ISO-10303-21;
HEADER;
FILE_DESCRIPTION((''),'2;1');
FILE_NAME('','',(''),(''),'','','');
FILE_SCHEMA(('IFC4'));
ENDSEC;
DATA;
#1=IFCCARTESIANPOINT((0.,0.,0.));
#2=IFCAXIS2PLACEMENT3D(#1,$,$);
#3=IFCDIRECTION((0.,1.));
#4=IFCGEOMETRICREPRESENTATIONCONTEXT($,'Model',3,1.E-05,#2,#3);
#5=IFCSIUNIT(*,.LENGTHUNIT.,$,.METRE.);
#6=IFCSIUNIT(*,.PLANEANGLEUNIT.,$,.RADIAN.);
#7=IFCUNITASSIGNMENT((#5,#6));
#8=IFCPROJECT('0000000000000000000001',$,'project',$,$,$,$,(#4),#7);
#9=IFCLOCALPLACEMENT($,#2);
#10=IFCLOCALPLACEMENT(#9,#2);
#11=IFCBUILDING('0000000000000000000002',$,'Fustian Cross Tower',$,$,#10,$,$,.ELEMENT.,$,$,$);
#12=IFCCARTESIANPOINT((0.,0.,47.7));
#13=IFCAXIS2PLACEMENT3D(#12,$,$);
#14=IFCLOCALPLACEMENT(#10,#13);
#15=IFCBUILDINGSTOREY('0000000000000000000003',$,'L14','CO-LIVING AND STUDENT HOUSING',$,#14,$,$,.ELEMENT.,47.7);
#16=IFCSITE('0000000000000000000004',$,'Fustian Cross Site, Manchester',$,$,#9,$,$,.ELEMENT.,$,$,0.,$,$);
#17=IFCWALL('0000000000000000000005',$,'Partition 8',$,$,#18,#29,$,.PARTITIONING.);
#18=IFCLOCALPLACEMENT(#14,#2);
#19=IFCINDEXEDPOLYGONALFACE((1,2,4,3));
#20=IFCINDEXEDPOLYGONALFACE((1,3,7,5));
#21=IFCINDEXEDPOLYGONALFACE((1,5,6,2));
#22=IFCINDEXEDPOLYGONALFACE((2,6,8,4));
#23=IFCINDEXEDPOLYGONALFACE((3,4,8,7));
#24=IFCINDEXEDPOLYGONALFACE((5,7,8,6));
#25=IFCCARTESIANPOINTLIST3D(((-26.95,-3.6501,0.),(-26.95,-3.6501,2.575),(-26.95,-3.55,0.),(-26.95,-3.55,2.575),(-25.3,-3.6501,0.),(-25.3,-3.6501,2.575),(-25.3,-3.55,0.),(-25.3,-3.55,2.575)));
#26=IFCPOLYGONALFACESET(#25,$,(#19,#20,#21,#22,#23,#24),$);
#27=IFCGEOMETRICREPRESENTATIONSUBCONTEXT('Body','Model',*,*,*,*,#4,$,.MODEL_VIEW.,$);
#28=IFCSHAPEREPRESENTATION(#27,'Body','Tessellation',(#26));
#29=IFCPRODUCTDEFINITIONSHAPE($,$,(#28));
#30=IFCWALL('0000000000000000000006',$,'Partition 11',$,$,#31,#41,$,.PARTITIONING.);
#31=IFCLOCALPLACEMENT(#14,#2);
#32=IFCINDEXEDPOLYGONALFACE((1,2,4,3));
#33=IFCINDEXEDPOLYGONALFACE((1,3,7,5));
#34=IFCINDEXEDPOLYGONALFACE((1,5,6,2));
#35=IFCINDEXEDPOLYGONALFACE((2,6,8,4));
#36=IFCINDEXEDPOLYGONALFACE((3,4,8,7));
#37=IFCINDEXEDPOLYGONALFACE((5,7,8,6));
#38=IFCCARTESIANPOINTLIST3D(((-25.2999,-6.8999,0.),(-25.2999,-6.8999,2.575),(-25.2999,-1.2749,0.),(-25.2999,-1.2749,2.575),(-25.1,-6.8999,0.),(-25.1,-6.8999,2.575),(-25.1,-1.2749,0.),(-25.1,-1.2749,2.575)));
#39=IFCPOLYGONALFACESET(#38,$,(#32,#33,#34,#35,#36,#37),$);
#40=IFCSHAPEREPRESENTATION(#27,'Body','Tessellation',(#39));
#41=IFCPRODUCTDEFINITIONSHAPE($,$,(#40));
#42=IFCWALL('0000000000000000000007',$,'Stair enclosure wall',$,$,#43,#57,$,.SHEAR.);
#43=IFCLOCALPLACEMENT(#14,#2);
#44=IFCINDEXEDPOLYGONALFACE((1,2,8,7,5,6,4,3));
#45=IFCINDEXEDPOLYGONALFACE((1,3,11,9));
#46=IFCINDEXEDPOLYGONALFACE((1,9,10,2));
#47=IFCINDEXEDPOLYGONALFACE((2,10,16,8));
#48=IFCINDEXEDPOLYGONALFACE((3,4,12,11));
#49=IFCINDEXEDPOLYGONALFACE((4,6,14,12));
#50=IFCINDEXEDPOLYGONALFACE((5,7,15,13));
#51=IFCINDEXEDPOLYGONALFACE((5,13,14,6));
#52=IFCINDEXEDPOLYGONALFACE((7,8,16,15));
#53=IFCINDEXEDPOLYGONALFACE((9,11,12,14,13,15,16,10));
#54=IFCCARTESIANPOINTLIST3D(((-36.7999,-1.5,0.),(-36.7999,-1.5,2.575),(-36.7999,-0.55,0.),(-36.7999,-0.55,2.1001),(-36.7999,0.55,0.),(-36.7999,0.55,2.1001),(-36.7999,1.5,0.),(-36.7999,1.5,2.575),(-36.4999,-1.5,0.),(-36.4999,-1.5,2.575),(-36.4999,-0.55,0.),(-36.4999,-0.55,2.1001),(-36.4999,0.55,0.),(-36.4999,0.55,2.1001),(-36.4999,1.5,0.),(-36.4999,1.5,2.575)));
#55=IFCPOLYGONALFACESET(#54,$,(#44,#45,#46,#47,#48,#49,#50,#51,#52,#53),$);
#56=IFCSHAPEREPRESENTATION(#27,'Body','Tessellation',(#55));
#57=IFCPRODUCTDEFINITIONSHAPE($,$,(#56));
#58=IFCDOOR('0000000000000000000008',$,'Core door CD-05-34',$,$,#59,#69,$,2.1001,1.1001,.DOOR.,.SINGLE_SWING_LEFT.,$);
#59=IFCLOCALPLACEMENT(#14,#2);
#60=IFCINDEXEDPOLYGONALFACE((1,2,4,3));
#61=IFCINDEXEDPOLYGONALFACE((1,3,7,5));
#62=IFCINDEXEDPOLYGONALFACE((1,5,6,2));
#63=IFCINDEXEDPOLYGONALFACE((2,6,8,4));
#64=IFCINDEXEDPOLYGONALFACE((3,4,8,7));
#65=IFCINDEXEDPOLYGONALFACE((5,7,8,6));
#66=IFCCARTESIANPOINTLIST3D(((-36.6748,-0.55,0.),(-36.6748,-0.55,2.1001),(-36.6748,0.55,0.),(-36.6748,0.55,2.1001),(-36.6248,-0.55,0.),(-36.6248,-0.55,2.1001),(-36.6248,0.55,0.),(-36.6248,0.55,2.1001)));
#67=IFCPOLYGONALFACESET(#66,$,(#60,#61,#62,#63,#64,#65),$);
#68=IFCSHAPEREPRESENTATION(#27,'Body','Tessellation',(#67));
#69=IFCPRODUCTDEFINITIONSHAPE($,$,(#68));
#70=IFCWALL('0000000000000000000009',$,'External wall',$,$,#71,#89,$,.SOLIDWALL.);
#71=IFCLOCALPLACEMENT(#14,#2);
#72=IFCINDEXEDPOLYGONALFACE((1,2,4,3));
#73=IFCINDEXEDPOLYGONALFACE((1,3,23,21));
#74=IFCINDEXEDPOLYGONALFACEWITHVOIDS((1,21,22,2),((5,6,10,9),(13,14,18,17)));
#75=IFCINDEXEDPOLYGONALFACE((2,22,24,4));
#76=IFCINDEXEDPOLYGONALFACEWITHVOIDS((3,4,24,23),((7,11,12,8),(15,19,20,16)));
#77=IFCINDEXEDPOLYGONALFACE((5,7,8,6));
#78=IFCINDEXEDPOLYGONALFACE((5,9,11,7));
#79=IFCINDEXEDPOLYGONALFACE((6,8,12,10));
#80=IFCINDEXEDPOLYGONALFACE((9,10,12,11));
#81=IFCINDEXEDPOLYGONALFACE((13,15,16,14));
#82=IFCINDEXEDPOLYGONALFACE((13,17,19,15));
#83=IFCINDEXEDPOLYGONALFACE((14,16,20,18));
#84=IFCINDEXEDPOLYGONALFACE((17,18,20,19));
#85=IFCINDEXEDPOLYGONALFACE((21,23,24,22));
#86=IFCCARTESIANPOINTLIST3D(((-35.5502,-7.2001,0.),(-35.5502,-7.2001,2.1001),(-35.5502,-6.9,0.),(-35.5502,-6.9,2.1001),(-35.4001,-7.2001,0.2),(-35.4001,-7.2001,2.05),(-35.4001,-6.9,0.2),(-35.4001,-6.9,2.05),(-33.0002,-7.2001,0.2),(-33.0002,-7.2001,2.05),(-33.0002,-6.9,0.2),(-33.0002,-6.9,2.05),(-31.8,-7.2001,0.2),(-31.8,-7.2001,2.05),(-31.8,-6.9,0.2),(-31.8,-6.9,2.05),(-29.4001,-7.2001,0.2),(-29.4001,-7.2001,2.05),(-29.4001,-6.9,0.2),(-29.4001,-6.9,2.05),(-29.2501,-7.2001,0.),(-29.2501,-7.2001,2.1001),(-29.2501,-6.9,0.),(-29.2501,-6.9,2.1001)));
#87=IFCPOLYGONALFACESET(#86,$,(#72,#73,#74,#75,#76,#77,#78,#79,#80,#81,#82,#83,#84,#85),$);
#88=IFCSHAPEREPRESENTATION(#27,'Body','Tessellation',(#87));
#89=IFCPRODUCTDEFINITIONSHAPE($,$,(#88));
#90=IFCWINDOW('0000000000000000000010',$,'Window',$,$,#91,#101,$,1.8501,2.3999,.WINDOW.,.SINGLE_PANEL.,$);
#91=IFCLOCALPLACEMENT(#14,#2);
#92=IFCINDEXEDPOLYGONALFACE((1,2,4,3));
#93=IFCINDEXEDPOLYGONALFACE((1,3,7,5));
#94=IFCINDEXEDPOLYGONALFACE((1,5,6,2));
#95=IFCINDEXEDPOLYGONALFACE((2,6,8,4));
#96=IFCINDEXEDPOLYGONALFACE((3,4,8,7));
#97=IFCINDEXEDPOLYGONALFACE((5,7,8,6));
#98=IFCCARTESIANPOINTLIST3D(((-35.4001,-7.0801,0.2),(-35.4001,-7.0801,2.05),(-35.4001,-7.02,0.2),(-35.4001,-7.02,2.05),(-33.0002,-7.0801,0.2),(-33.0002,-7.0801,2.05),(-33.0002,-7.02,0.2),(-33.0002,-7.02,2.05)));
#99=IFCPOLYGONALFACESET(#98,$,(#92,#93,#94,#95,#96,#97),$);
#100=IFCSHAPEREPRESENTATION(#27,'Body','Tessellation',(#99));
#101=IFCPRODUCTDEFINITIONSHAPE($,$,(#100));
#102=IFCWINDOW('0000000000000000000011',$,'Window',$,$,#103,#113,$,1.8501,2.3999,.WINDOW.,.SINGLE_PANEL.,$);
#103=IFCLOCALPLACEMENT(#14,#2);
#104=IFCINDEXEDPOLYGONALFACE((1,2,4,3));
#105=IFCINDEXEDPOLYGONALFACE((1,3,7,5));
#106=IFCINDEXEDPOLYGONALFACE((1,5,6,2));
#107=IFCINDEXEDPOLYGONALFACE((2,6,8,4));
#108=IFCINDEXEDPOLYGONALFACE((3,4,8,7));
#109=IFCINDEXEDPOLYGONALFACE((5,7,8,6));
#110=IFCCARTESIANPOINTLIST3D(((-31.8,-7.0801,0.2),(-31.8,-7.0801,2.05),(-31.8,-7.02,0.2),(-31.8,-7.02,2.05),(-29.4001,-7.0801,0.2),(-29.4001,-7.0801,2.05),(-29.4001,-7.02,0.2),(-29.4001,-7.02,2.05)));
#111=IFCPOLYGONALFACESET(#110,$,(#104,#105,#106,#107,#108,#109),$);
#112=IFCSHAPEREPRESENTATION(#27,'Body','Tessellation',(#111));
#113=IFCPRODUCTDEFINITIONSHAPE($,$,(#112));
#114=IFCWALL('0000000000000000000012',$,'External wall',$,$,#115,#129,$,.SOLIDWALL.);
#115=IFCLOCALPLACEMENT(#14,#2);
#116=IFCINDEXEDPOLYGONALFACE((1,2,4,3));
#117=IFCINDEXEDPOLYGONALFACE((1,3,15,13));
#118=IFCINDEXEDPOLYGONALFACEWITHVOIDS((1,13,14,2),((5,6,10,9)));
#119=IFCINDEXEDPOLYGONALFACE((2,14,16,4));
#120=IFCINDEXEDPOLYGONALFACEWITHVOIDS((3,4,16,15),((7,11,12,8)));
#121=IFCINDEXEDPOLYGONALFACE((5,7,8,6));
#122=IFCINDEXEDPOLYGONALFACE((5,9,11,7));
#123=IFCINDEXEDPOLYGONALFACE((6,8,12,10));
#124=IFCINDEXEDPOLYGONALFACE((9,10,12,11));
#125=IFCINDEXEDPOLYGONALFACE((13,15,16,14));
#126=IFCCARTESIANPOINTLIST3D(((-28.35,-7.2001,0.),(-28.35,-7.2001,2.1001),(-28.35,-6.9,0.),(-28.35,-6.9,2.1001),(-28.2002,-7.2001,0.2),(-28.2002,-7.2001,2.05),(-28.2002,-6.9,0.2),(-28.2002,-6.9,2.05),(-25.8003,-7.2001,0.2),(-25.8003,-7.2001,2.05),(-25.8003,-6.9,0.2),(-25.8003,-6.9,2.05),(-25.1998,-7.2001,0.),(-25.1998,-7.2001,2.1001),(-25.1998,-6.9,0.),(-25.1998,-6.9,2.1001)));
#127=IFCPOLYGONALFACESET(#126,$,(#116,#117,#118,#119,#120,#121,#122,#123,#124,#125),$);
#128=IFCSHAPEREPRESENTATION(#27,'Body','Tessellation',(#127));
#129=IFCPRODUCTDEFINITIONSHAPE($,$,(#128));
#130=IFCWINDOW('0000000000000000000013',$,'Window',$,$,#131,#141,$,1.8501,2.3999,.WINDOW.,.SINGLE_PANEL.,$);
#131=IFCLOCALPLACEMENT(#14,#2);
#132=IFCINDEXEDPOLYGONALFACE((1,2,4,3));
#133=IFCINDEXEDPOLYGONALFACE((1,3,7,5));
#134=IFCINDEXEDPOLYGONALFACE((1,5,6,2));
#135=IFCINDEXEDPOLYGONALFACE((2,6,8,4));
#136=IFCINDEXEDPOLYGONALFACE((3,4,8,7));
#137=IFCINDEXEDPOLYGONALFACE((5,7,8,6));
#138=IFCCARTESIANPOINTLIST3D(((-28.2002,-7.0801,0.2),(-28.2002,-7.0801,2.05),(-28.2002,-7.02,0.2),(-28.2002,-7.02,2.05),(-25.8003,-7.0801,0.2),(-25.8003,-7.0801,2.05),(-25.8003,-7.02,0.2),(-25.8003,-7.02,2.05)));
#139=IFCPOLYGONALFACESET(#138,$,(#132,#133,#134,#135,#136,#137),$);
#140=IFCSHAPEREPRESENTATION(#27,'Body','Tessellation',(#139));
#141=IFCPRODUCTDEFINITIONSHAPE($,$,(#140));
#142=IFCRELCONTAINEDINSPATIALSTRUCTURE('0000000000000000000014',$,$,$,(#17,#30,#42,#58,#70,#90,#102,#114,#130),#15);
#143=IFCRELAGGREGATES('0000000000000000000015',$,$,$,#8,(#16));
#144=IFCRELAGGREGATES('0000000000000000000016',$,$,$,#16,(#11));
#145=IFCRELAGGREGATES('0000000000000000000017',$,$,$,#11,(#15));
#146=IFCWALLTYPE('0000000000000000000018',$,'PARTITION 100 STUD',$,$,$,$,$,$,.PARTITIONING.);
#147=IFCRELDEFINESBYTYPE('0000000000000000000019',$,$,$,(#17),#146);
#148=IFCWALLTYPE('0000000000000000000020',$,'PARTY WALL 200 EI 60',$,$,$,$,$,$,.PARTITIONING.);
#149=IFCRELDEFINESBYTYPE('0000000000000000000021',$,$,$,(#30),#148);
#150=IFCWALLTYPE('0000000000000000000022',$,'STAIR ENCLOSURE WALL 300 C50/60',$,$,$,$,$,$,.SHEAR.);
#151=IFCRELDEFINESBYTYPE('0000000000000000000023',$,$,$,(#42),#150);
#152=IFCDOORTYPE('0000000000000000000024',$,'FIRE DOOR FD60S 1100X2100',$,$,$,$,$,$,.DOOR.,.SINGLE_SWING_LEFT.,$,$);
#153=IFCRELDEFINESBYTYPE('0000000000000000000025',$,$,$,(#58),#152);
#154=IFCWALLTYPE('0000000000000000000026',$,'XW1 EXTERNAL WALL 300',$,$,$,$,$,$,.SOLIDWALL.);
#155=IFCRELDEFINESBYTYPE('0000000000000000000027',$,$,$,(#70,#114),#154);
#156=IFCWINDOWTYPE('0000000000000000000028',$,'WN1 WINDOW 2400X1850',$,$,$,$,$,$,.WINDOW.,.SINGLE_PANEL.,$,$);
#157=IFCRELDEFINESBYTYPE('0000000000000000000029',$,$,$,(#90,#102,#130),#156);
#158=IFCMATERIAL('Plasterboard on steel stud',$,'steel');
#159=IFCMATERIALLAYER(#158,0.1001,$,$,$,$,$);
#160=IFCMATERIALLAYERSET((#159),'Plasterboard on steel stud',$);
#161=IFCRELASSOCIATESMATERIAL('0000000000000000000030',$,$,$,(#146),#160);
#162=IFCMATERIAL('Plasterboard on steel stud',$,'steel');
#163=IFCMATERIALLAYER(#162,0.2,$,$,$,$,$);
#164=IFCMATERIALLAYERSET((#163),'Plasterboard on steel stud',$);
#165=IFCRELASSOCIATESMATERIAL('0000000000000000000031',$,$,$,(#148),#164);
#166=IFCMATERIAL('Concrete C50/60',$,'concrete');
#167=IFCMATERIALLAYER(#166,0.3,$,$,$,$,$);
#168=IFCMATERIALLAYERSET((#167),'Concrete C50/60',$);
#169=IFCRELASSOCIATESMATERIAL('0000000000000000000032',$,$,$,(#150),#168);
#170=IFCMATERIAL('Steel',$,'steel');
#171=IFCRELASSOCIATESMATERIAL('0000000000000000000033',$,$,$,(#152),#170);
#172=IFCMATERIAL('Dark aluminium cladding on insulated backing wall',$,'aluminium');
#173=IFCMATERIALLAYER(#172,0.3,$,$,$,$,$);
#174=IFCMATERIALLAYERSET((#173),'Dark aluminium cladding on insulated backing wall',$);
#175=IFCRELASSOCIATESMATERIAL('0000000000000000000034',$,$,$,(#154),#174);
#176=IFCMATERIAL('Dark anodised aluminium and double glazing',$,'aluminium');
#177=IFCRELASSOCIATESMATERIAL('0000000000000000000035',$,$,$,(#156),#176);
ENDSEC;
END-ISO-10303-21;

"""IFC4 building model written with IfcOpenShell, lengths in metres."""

from ifc_helpers import new_model, si_unit, direction, frame, frame_2d, origin, place, context, subcontext, project, spatial, rectangle, extrude, material, layer, layer_set, type_object, element, fill, save


model = new_model("IFC4")

# Units and contexts
model_context = context("Model", 3, precision=1e-05, world=origin(), true_north=direction((0.0, 1.0)))
body_context = subcontext(model_context, "Body", "Model", "MODEL_VIEW")
ifc_project = project(units=[si_unit("LENGTHUNIT", "METRE"), si_unit("PLANEANGLEUNIT", "RADIAN")], contexts=[model_context])

# Site, building, storey
site_placement = place(None, origin())
site = spatial("IfcSite", under=ifc_project, at=site_placement, Name="Fustian Cross Site, Manchester", CompositionType="ELEMENT", RefElevation=0.0)
building_placement = place(site_placement, origin())
building = spatial("IfcBuilding", under=site, at=building_placement, Name="Fustian Cross Tower", CompositionType="ELEMENT")
storey_placement = place(building_placement, frame((0.0, 0.0, 47.7)))
storey = spatial("IfcBuildingStorey", under=building, at=storey_placement, Name="L14", Description="CO-LIVING AND STUDENT HOUSING", CompositionType="ELEMENT", Elevation=47.7)

# Shared definitions
ifc_material_1 = material(Name="Plasterboard on steel stud", Category="steel")
ifc_layer_1 = layer(ifc_material_1, 0.1001)
ifc_layer_set_1 = layer_set([ifc_layer_1], Name="Plasterboard on steel stud")
wall_type_1 = type_object("IfcWallType", Name="PARTITION 100 STUD", PredefinedType="PARTITIONING", material=ifc_layer_set_1)

# Walls
wall_1_placement = place(storey_placement, frame((-26.95, -3.6001, 0.0), z_axis=(0.0, 0.0, 1.0), x_axis=(1.0, 0.0, 0.0)))
element("IfcWall", 1, at=wall_1_placement, inside=storey, type_object=wall_type_1, Name="Partition 8", PredefinedType="PARTITIONING", context=body_context, shape_type="SweptSolid", body=[
    extrude(rectangle(XDim=1.6499, YDim=0.1001, at=frame_2d((0.825, 0.0))), origin(), (0.0, 0.0, 1.0), 2.575),
])
ifc_material_2 = material(Name="Plasterboard on steel stud", Category="steel")
ifc_layer_2 = layer(ifc_material_2, 0.2)
ifc_layer_set_2 = layer_set([ifc_layer_2], Name="Plasterboard on steel stud")
wall_type_2 = type_object("IfcWallType", Name="PARTY WALL 200 EI 60", PredefinedType="PARTITIONING", material=ifc_layer_set_2)
wall_2_placement = place(storey_placement, frame((-25.2, -6.8999, 0.0), z_axis=(0.0, 0.0, 1.0), x_axis=(0.0, 1.0, 0.0)))
element("IfcWall", 2, at=wall_2_placement, inside=storey, type_object=wall_type_2, Name="Partition 11", PredefinedType="PARTITIONING", context=body_context, shape_type="SweptSolid", body=[
    extrude(rectangle(XDim=5.625, YDim=0.2, at=frame_2d((2.8125, 0.0))), origin(), (0.0, 0.0, 1.0), 2.575),
])

# Wall, opening, door
ifc_material_3 = material(Name="Concrete C50/60", Category="concrete")
ifc_layer_3 = layer(ifc_material_3, 0.3)
ifc_layer_set_3 = layer_set([ifc_layer_3], Name="Concrete C50/60")
wall_type_3 = type_object("IfcWallType", Name="STAIR ENCLOSURE WALL 300 C50/60", PredefinedType="SHEAR", material=ifc_layer_set_3)
wall_3_placement = place(storey_placement, frame((-36.6499, -1.5, 0.0), z_axis=(0.0, 0.0, 1.0), x_axis=(0.0, 1.0, 0.0)))
wall_3 = element("IfcWall", 3, at=wall_3_placement, inside=storey, type_object=wall_type_3, Name="Stair enclosure wall", PredefinedType="SHEAR", context=body_context, shape_type="SweptSolid", body=[
    extrude(rectangle(XDim=3.0, YDim=0.3, at=frame_2d((1.5, 0.0))), origin(), (0.0, 0.0, 1.0), 2.575),
])
opening_1_placement = place(wall_3_placement, frame((0.95, 0.0, 0.0)))
opening_1 = element("IfcOpeningElement", 4, at=opening_1_placement, cuts=wall_3, PredefinedType="OPENING", context=body_context, shape_type="SweptSolid", body=[
    extrude(rectangle(XDim=1.1001, YDim=2.1001, at=frame_2d((0.55, 1.05))), frame((0.0, 0.1599, 0.0), z_axis=(0.0, -1.0, 0.0), x_axis=(1.0, 0.0, 0.0)), (0.0, 0.0, 1.0), 0.3201),
])
ifc_material_4 = material(Name="Steel", Category="steel")
door_type_1 = type_object("IfcDoorType", Name="FIRE DOOR FD60S 1100X2100", OperationType="SINGLE_SWING_LEFT", PredefinedType="DOOR", material=ifc_material_4)
door_1_placement = place(opening_1_placement, origin())
door_1 = element("IfcDoor", 5, at=door_1_placement, inside=storey, type_object=door_type_1, Name="Core door CD-05-34", OperationType="SINGLE_SWING_LEFT", OverallHeight=2.1001, OverallWidth=1.1001, PredefinedType="DOOR", context=body_context, shape_type="SweptSolid", body=[
    extrude(rectangle(XDim=1.1001, YDim=2.1001, at=frame_2d((0.55, 1.05))), frame((0.0, 0.0249, 0.0), z_axis=(0.0, -1.0, 0.0), x_axis=(1.0, 0.0, 0.0)), (0.0, 0.0, 1.0), 0.05),
])
fill(opening_1, door_1)

# Wall, openings, windows
ifc_material_5 = material(Name="Dark aluminium cladding on insulated backing wall", Category="aluminium")
ifc_layer_4 = layer(ifc_material_5, 0.3)
ifc_layer_set_4 = layer_set([ifc_layer_4], Name="Dark aluminium cladding on insulated backing wall")
wall_type_4 = type_object("IfcWallType", Name="XW1 EXTERNAL WALL 300", PredefinedType="SOLIDWALL", material=ifc_layer_set_4)
wall_4_placement = place(storey_placement, frame((-35.55, -7.05, 0.0), z_axis=(0.0, 0.0, 1.0), x_axis=(1.0, 0.0, 0.0)))
wall_4 = element("IfcWall", 6, at=wall_4_placement, inside=storey, type_object=wall_type_4, Name="External wall", PredefinedType="SOLIDWALL", context=body_context, shape_type="SweptSolid", body=[
    extrude(rectangle(XDim=6.3, YDim=0.3, at=frame_2d((3.1499, 0.0))), origin(), (0.0, 0.0, 1.0), 2.1001),
])
opening_2_placement = place(wall_4_placement, frame((0.1499, 0.0, 0.2)))
opening_2 = element("IfcOpeningElement", 7, at=opening_2_placement, cuts=wall_4, PredefinedType="OPENING", context=body_context, shape_type="SweptSolid", body=[
    extrude(rectangle(XDim=2.3999, YDim=1.8501, at=frame_2d((1.2, 0.925))), frame((0.0, 0.1599, 0.0), z_axis=(0.0, -1.0, 0.0), x_axis=(1.0, 0.0, 0.0)), (0.0, 0.0, 1.0), 0.3201),
])
opening_3_placement = place(wall_4_placement, frame((3.75, 0.0, 0.2)))
opening_3 = element("IfcOpeningElement", 8, at=opening_3_placement, cuts=wall_4, PredefinedType="OPENING", context=body_context, shape_type="SweptSolid", body=[
    extrude(rectangle(XDim=2.3999, YDim=1.8501, at=frame_2d((1.2, 0.925))), frame((0.0, 0.1599, 0.0), z_axis=(0.0, -1.0, 0.0), x_axis=(1.0, 0.0, 0.0)), (0.0, 0.0, 1.0), 0.3201),
])
ifc_material_6 = material(Name="Dark anodised aluminium and double glazing", Category="aluminium")
window_type = type_object("IfcWindowType", Name="WN1 WINDOW 2400X1850", PartitioningType="SINGLE_PANEL", PredefinedType="WINDOW", material=ifc_material_6)
window_1_placement = place(opening_2_placement, origin())
window_1 = element("IfcWindow", 9, at=window_1_placement, inside=storey, type_object=window_type, Name="Window", OverallHeight=1.8501, OverallWidth=2.3999, PartitioningType="SINGLE_PANEL", PredefinedType="WINDOW", context=body_context, shape_type="SweptSolid", body=[
    extrude(rectangle(XDim=2.3999, YDim=1.8501, at=frame_2d((1.2, 0.925))), frame((0.0, 0.03, 0.0), z_axis=(0.0, -1.0, 0.0), x_axis=(1.0, 0.0, 0.0)), (0.0, 0.0, 1.0), 0.0601),
])
fill(opening_2, window_1)
window_2_placement = place(opening_3_placement, origin())
window_2 = element("IfcWindow", 10, at=window_2_placement, inside=storey, type_object=window_type, Name="Window", OverallHeight=1.8501, OverallWidth=2.3999, PartitioningType="SINGLE_PANEL", PredefinedType="WINDOW", context=body_context, shape_type="SweptSolid", body=[
    extrude(rectangle(XDim=2.3999, YDim=1.8501, at=frame_2d((1.2, 0.925))), frame((0.0, 0.03, 0.0), z_axis=(0.0, -1.0, 0.0), x_axis=(1.0, 0.0, 0.0)), (0.0, 0.0, 1.0), 0.0601),
])
fill(opening_3, window_2)

# Wall, opening, window
wall_5_placement = place(storey_placement, frame((-28.3501, -7.05, 0.0), z_axis=(0.0, 0.0, 1.0), x_axis=(1.0, 0.0, 0.0)))
wall_5 = element("IfcWall", 11, at=wall_5_placement, inside=storey, type_object=wall_type_4, Name="External wall", PredefinedType="SOLIDWALL", context=body_context, shape_type="SweptSolid", body=[
    extrude(rectangle(XDim=3.1501, YDim=0.3, at=frame_2d((1.5752, 0.0))), origin(), (0.0, 0.0, 1.0), 2.1001),
])
opening_4_placement = place(wall_5_placement, frame((0.1499, 0.0, 0.2)))
opening_4 = element("IfcOpeningElement", 12, at=opening_4_placement, cuts=wall_5, PredefinedType="OPENING", context=body_context, shape_type="SweptSolid", body=[
    extrude(rectangle(XDim=2.3999, YDim=1.8501, at=frame_2d((1.2, 0.925))), frame((0.0, 0.1599, 0.0), z_axis=(0.0, -1.0, 0.0), x_axis=(1.0, 0.0, 0.0)), (0.0, 0.0, 1.0), 0.3201),
])
window_3_placement = place(opening_4_placement, origin())
window_3 = element("IfcWindow", 13, at=window_3_placement, inside=storey, type_object=window_type, Name="Window", OverallHeight=1.8501, OverallWidth=2.3999, PartitioningType="SINGLE_PANEL", PredefinedType="WINDOW", context=body_context, shape_type="SweptSolid", body=[
    extrude(rectangle(XDim=2.3999, YDim=1.8501, at=frame_2d((1.2, 0.925))), frame((0.0, 0.03, 0.0), z_axis=(0.0, -1.0, 0.0), x_axis=(1.0, 0.0, 0.0)), (0.0, 0.0, 1.0), 0.0601),
])
fill(opening_4, window_3)

save(model, "model.ifc")
